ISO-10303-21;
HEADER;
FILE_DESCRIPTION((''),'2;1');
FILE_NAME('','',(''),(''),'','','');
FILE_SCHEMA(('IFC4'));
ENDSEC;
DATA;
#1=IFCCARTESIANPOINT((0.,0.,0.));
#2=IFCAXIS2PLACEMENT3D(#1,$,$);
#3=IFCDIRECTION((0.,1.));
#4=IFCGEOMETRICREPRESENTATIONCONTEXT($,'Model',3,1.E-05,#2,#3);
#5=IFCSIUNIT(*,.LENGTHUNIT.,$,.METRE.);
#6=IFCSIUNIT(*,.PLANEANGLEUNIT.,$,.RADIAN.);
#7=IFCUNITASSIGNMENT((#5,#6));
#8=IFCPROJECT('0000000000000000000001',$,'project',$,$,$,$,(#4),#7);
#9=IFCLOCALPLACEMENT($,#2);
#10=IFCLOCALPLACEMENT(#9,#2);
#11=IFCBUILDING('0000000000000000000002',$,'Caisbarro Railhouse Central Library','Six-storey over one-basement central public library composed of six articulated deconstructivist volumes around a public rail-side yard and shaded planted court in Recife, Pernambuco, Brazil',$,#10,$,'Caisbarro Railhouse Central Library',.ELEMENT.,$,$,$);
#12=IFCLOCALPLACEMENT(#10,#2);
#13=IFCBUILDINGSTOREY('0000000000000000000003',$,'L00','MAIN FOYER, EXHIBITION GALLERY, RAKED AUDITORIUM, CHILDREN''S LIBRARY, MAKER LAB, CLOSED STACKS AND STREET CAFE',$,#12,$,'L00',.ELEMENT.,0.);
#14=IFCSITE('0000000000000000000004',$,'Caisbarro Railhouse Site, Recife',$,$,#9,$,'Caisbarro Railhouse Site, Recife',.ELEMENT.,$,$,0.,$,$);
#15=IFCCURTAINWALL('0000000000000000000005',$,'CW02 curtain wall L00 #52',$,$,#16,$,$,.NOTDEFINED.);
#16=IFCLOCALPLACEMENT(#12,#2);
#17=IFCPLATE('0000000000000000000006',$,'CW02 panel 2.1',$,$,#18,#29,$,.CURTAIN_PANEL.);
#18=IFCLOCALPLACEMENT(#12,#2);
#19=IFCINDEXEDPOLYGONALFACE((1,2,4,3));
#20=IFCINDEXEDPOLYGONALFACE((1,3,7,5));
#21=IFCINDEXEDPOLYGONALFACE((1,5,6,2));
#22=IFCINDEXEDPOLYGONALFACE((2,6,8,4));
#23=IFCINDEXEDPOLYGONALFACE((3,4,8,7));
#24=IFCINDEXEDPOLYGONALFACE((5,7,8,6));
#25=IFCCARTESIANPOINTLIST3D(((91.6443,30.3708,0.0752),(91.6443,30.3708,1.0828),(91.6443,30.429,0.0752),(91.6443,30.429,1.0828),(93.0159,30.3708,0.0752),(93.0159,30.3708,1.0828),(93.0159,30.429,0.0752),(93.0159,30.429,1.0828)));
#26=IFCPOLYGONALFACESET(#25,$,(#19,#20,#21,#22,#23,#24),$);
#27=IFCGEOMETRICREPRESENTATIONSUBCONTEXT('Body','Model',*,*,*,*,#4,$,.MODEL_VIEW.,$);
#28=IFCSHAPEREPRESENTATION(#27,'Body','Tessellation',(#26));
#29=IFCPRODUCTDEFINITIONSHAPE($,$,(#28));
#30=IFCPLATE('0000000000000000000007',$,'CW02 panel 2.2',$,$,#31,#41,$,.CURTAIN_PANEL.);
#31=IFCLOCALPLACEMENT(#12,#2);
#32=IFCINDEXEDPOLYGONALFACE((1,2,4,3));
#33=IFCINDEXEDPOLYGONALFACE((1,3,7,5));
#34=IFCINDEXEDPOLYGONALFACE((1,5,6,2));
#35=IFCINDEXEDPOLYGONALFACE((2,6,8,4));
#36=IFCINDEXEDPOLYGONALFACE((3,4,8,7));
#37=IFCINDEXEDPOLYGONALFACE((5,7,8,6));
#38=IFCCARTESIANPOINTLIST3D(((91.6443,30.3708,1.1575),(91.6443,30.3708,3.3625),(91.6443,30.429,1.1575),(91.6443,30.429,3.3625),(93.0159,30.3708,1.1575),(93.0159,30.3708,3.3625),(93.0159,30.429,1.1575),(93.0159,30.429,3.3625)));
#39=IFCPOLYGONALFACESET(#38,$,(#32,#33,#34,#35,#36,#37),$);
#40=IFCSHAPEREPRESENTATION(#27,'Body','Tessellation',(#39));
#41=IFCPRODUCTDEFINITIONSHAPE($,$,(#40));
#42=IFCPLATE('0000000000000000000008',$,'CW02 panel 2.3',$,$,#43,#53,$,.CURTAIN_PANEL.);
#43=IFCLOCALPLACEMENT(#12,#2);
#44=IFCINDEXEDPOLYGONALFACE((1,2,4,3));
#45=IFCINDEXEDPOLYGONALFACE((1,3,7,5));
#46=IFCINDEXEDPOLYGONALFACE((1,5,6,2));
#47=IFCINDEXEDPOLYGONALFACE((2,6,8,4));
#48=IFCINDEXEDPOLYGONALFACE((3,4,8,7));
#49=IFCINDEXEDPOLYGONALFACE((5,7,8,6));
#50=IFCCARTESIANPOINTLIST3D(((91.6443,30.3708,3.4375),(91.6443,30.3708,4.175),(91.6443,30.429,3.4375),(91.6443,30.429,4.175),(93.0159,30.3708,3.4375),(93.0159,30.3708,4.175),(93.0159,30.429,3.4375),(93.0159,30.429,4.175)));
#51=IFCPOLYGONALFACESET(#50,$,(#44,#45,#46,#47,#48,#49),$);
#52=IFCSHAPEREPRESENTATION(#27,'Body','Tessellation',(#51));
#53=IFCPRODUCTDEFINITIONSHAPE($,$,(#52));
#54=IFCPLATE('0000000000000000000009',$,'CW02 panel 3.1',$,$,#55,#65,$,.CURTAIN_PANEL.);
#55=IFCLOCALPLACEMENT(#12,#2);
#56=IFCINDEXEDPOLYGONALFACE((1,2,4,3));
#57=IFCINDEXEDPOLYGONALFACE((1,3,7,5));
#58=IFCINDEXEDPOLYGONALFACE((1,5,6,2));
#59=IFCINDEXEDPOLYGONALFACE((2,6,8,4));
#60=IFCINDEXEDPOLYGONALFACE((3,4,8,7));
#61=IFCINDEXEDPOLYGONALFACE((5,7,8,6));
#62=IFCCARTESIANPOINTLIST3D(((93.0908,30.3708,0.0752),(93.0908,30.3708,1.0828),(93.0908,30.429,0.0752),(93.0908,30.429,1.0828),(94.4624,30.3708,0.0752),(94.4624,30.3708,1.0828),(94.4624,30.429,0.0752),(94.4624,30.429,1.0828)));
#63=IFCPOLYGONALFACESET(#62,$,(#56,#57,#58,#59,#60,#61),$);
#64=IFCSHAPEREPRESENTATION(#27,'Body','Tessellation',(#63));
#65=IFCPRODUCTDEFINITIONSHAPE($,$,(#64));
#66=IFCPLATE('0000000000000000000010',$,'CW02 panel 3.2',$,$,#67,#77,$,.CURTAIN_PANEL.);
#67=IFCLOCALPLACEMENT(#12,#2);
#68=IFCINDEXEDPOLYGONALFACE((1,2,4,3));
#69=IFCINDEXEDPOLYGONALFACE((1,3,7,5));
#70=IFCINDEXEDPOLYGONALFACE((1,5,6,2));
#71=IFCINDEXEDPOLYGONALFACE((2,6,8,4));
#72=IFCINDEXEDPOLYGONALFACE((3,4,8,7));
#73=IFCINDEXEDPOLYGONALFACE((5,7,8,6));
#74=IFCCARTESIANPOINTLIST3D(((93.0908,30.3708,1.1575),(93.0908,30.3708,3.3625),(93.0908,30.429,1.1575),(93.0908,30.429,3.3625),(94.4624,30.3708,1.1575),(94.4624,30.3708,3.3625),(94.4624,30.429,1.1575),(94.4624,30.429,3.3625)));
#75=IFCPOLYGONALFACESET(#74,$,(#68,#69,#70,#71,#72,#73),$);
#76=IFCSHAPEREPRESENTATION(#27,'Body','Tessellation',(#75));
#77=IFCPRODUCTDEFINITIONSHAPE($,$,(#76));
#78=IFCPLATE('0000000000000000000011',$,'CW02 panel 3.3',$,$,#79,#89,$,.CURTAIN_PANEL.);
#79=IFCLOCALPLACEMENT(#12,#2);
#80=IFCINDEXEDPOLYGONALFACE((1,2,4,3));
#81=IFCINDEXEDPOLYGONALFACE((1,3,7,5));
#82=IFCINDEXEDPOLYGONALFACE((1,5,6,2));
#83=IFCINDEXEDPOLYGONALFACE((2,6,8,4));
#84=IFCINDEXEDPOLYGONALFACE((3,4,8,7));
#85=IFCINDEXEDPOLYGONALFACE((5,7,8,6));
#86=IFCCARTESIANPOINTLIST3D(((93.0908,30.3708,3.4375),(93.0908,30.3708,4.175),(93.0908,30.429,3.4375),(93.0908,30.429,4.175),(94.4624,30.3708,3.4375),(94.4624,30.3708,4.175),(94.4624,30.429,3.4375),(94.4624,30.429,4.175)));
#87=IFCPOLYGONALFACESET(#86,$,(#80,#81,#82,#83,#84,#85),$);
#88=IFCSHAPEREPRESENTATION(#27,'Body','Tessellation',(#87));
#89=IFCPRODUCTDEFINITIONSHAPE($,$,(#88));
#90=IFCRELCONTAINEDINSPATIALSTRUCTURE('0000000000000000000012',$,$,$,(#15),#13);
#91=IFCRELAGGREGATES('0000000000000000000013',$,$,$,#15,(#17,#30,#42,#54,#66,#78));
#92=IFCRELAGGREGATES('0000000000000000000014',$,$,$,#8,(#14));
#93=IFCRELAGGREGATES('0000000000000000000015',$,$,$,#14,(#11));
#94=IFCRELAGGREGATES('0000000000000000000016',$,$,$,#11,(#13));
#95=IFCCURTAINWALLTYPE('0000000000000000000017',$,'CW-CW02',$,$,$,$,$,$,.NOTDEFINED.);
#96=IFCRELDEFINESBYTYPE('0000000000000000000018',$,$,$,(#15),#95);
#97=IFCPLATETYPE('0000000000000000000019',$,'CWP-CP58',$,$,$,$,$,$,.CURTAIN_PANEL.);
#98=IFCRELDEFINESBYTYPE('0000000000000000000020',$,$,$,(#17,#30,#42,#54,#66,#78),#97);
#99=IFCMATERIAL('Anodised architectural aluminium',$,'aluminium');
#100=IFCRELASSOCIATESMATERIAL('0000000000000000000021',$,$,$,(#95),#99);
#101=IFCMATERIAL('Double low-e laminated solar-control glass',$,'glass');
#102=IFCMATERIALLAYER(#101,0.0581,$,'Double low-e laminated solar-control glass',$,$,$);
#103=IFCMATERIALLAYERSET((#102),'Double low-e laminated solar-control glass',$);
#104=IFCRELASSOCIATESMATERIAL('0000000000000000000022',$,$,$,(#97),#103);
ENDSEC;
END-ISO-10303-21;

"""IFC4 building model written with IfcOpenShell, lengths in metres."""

from ifc_helpers import new_model, si_unit, direction, frame, origin, origin_2d, place, context, subcontext, project, spatial, rectangle, extrude, material, layer, layer_set, type_object, element, aggregate, save


model = new_model("IFC4")

# Units and contexts
model_context = context("Model", 3, precision=1e-05, world=origin(), true_north=direction((0.0, 1.0)))
body_context = subcontext(model_context, "Body", "Model", "MODEL_VIEW")
ifc_project = project(units=[si_unit("LENGTHUNIT", "METRE"), si_unit("PLANEANGLEUNIT", "RADIAN")], contexts=[model_context])

# Site, building, storey
site_placement = place(None, origin())
site = spatial("IfcSite", under=ifc_project, at=site_placement, Name="Caisbarro Railhouse Site, Recife", LongName="Caisbarro Railhouse Site, Recife", CompositionType="ELEMENT", RefElevation=0.0)
building_placement = place(site_placement, origin())
building = spatial("IfcBuilding", under=site, at=building_placement, Name="Caisbarro Railhouse Central Library", Description="Six-storey over one-basement central public library composed of six articulated deconstructivist volumes around a public rail-side yard and shaded planted court in Recife, Pernambuco, Brazil", LongName="Caisbarro Railhouse Central Library", CompositionType="ELEMENT")
storey_placement = place(building_placement, origin())
storey = spatial("IfcBuildingStorey", under=building, at=storey_placement, Name="L00", Description="MAIN FOYER, EXHIBITION GALLERY, RAKED AUDITORIUM, CHILDREN'S LIBRARY, MAKER LAB, CLOSED STACKS AND STREET CAFE", LongName="L00", CompositionType="ELEMENT", Elevation=0.0)

# Curtain wall, plates
ifc_material_1 = material(Name="Anodised architectural aluminium", Category="aluminium")
curtain_wall_type = type_object("IfcCurtainWallType", Name="CW-CW02", PredefinedType="NOTDEFINED", material=ifc_material_1)
curtain_wall_placement = place(storey_placement, origin())
curtain_wall = element("IfcCurtainWall", 1, at=curtain_wall_placement, inside=storey, type_object=curtain_wall_type, Name="CW02 curtain wall L00 #52", PredefinedType="NOTDEFINED")
ifc_material_2 = material(Name="Double low-e laminated solar-control glass", Category="glass")
ifc_layer = layer(ifc_material_2, 0.0581, Name="Double low-e laminated solar-control glass")
ifc_layer_set = layer_set([ifc_layer], Name="Double low-e laminated solar-control glass")
plate_type = type_object("IfcPlateType", Name="CWP-CP58", PredefinedType="CURTAIN_PANEL", material=ifc_layer_set)
plate_1_placement = place(storey_placement, frame((92.3301, 30.3999, 0.0752), z_axis=(0.0, 0.0, 1.0), x_axis=(1.0, 0.0, 0.0)))
plate_1 = element("IfcPlate", 2, at=plate_1_placement, type_object=plate_type, Name="CW02 panel 2.1", PredefinedType="CURTAIN_PANEL", context=body_context, shape_type="SweptSolid", body=[
    extrude(rectangle(XDim=1.3716, YDim=0.0581, at=origin_2d()), origin(), (0.0, 0.0, 1.0), 1.0076),
])
plate_2_placement = place(storey_placement, frame((92.3301, 30.3999, 1.1575), z_axis=(0.0, 0.0, 1.0), x_axis=(1.0, 0.0, 0.0)))
plate_2 = element("IfcPlate", 3, at=plate_2_placement, type_object=plate_type, Name="CW02 panel 2.2", PredefinedType="CURTAIN_PANEL", context=body_context, shape_type="SweptSolid", body=[
    extrude(rectangle(XDim=1.3716, YDim=0.0581, at=origin_2d()), origin(), (0.0, 0.0, 1.0), 2.2051),
])
plate_3_placement = place(storey_placement, frame((92.3301, 30.3999, 3.4375), z_axis=(0.0, 0.0, 1.0), x_axis=(1.0, 0.0, 0.0)))
plate_3 = element("IfcPlate", 4, at=plate_3_placement, type_object=plate_type, Name="CW02 panel 2.3", PredefinedType="CURTAIN_PANEL", context=body_context, shape_type="SweptSolid", body=[
    extrude(rectangle(XDim=1.3716, YDim=0.0581, at=origin_2d()), origin(), (0.0, 0.0, 1.0), 0.7375),
])
plate_4_placement = place(storey_placement, frame((93.7766, 30.3999, 0.0752), z_axis=(0.0, 0.0, 1.0), x_axis=(1.0, 0.0, 0.0)))
plate_4 = element("IfcPlate", 5, at=plate_4_placement, type_object=plate_type, Name="CW02 panel 3.1", PredefinedType="CURTAIN_PANEL", context=body_context, shape_type="SweptSolid", body=[
    extrude(rectangle(XDim=1.3716, YDim=0.0581, at=origin_2d()), origin(), (0.0, 0.0, 1.0), 1.0076),
])
plate_5_placement = place(storey_placement, frame((93.7766, 30.3999, 1.1575), z_axis=(0.0, 0.0, 1.0), x_axis=(1.0, 0.0, 0.0)))
plate_5 = element("IfcPlate", 6, at=plate_5_placement, type_object=plate_type, Name="CW02 panel 3.2", PredefinedType="CURTAIN_PANEL", context=body_context, shape_type="SweptSolid", body=[
    extrude(rectangle(XDim=1.3716, YDim=0.0581, at=origin_2d()), origin(), (0.0, 0.0, 1.0), 2.2051),
])
plate_6_placement = place(storey_placement, frame((93.7766, 30.3999, 3.4375), z_axis=(0.0, 0.0, 1.0), x_axis=(1.0, 0.0, 0.0)))
plate_6 = element("IfcPlate", 7, at=plate_6_placement, type_object=plate_type, Name="CW02 panel 3.3", PredefinedType="CURTAIN_PANEL", context=body_context, shape_type="SweptSolid", body=[
    extrude(rectangle(XDim=1.3716, YDim=0.0581, at=origin_2d()), origin(), (0.0, 0.0, 1.0), 0.7375),
])
aggregate(curtain_wall, [plate_1, plate_2, plate_3, plate_4, plate_5, plate_6])

save(model, "model.ifc")
